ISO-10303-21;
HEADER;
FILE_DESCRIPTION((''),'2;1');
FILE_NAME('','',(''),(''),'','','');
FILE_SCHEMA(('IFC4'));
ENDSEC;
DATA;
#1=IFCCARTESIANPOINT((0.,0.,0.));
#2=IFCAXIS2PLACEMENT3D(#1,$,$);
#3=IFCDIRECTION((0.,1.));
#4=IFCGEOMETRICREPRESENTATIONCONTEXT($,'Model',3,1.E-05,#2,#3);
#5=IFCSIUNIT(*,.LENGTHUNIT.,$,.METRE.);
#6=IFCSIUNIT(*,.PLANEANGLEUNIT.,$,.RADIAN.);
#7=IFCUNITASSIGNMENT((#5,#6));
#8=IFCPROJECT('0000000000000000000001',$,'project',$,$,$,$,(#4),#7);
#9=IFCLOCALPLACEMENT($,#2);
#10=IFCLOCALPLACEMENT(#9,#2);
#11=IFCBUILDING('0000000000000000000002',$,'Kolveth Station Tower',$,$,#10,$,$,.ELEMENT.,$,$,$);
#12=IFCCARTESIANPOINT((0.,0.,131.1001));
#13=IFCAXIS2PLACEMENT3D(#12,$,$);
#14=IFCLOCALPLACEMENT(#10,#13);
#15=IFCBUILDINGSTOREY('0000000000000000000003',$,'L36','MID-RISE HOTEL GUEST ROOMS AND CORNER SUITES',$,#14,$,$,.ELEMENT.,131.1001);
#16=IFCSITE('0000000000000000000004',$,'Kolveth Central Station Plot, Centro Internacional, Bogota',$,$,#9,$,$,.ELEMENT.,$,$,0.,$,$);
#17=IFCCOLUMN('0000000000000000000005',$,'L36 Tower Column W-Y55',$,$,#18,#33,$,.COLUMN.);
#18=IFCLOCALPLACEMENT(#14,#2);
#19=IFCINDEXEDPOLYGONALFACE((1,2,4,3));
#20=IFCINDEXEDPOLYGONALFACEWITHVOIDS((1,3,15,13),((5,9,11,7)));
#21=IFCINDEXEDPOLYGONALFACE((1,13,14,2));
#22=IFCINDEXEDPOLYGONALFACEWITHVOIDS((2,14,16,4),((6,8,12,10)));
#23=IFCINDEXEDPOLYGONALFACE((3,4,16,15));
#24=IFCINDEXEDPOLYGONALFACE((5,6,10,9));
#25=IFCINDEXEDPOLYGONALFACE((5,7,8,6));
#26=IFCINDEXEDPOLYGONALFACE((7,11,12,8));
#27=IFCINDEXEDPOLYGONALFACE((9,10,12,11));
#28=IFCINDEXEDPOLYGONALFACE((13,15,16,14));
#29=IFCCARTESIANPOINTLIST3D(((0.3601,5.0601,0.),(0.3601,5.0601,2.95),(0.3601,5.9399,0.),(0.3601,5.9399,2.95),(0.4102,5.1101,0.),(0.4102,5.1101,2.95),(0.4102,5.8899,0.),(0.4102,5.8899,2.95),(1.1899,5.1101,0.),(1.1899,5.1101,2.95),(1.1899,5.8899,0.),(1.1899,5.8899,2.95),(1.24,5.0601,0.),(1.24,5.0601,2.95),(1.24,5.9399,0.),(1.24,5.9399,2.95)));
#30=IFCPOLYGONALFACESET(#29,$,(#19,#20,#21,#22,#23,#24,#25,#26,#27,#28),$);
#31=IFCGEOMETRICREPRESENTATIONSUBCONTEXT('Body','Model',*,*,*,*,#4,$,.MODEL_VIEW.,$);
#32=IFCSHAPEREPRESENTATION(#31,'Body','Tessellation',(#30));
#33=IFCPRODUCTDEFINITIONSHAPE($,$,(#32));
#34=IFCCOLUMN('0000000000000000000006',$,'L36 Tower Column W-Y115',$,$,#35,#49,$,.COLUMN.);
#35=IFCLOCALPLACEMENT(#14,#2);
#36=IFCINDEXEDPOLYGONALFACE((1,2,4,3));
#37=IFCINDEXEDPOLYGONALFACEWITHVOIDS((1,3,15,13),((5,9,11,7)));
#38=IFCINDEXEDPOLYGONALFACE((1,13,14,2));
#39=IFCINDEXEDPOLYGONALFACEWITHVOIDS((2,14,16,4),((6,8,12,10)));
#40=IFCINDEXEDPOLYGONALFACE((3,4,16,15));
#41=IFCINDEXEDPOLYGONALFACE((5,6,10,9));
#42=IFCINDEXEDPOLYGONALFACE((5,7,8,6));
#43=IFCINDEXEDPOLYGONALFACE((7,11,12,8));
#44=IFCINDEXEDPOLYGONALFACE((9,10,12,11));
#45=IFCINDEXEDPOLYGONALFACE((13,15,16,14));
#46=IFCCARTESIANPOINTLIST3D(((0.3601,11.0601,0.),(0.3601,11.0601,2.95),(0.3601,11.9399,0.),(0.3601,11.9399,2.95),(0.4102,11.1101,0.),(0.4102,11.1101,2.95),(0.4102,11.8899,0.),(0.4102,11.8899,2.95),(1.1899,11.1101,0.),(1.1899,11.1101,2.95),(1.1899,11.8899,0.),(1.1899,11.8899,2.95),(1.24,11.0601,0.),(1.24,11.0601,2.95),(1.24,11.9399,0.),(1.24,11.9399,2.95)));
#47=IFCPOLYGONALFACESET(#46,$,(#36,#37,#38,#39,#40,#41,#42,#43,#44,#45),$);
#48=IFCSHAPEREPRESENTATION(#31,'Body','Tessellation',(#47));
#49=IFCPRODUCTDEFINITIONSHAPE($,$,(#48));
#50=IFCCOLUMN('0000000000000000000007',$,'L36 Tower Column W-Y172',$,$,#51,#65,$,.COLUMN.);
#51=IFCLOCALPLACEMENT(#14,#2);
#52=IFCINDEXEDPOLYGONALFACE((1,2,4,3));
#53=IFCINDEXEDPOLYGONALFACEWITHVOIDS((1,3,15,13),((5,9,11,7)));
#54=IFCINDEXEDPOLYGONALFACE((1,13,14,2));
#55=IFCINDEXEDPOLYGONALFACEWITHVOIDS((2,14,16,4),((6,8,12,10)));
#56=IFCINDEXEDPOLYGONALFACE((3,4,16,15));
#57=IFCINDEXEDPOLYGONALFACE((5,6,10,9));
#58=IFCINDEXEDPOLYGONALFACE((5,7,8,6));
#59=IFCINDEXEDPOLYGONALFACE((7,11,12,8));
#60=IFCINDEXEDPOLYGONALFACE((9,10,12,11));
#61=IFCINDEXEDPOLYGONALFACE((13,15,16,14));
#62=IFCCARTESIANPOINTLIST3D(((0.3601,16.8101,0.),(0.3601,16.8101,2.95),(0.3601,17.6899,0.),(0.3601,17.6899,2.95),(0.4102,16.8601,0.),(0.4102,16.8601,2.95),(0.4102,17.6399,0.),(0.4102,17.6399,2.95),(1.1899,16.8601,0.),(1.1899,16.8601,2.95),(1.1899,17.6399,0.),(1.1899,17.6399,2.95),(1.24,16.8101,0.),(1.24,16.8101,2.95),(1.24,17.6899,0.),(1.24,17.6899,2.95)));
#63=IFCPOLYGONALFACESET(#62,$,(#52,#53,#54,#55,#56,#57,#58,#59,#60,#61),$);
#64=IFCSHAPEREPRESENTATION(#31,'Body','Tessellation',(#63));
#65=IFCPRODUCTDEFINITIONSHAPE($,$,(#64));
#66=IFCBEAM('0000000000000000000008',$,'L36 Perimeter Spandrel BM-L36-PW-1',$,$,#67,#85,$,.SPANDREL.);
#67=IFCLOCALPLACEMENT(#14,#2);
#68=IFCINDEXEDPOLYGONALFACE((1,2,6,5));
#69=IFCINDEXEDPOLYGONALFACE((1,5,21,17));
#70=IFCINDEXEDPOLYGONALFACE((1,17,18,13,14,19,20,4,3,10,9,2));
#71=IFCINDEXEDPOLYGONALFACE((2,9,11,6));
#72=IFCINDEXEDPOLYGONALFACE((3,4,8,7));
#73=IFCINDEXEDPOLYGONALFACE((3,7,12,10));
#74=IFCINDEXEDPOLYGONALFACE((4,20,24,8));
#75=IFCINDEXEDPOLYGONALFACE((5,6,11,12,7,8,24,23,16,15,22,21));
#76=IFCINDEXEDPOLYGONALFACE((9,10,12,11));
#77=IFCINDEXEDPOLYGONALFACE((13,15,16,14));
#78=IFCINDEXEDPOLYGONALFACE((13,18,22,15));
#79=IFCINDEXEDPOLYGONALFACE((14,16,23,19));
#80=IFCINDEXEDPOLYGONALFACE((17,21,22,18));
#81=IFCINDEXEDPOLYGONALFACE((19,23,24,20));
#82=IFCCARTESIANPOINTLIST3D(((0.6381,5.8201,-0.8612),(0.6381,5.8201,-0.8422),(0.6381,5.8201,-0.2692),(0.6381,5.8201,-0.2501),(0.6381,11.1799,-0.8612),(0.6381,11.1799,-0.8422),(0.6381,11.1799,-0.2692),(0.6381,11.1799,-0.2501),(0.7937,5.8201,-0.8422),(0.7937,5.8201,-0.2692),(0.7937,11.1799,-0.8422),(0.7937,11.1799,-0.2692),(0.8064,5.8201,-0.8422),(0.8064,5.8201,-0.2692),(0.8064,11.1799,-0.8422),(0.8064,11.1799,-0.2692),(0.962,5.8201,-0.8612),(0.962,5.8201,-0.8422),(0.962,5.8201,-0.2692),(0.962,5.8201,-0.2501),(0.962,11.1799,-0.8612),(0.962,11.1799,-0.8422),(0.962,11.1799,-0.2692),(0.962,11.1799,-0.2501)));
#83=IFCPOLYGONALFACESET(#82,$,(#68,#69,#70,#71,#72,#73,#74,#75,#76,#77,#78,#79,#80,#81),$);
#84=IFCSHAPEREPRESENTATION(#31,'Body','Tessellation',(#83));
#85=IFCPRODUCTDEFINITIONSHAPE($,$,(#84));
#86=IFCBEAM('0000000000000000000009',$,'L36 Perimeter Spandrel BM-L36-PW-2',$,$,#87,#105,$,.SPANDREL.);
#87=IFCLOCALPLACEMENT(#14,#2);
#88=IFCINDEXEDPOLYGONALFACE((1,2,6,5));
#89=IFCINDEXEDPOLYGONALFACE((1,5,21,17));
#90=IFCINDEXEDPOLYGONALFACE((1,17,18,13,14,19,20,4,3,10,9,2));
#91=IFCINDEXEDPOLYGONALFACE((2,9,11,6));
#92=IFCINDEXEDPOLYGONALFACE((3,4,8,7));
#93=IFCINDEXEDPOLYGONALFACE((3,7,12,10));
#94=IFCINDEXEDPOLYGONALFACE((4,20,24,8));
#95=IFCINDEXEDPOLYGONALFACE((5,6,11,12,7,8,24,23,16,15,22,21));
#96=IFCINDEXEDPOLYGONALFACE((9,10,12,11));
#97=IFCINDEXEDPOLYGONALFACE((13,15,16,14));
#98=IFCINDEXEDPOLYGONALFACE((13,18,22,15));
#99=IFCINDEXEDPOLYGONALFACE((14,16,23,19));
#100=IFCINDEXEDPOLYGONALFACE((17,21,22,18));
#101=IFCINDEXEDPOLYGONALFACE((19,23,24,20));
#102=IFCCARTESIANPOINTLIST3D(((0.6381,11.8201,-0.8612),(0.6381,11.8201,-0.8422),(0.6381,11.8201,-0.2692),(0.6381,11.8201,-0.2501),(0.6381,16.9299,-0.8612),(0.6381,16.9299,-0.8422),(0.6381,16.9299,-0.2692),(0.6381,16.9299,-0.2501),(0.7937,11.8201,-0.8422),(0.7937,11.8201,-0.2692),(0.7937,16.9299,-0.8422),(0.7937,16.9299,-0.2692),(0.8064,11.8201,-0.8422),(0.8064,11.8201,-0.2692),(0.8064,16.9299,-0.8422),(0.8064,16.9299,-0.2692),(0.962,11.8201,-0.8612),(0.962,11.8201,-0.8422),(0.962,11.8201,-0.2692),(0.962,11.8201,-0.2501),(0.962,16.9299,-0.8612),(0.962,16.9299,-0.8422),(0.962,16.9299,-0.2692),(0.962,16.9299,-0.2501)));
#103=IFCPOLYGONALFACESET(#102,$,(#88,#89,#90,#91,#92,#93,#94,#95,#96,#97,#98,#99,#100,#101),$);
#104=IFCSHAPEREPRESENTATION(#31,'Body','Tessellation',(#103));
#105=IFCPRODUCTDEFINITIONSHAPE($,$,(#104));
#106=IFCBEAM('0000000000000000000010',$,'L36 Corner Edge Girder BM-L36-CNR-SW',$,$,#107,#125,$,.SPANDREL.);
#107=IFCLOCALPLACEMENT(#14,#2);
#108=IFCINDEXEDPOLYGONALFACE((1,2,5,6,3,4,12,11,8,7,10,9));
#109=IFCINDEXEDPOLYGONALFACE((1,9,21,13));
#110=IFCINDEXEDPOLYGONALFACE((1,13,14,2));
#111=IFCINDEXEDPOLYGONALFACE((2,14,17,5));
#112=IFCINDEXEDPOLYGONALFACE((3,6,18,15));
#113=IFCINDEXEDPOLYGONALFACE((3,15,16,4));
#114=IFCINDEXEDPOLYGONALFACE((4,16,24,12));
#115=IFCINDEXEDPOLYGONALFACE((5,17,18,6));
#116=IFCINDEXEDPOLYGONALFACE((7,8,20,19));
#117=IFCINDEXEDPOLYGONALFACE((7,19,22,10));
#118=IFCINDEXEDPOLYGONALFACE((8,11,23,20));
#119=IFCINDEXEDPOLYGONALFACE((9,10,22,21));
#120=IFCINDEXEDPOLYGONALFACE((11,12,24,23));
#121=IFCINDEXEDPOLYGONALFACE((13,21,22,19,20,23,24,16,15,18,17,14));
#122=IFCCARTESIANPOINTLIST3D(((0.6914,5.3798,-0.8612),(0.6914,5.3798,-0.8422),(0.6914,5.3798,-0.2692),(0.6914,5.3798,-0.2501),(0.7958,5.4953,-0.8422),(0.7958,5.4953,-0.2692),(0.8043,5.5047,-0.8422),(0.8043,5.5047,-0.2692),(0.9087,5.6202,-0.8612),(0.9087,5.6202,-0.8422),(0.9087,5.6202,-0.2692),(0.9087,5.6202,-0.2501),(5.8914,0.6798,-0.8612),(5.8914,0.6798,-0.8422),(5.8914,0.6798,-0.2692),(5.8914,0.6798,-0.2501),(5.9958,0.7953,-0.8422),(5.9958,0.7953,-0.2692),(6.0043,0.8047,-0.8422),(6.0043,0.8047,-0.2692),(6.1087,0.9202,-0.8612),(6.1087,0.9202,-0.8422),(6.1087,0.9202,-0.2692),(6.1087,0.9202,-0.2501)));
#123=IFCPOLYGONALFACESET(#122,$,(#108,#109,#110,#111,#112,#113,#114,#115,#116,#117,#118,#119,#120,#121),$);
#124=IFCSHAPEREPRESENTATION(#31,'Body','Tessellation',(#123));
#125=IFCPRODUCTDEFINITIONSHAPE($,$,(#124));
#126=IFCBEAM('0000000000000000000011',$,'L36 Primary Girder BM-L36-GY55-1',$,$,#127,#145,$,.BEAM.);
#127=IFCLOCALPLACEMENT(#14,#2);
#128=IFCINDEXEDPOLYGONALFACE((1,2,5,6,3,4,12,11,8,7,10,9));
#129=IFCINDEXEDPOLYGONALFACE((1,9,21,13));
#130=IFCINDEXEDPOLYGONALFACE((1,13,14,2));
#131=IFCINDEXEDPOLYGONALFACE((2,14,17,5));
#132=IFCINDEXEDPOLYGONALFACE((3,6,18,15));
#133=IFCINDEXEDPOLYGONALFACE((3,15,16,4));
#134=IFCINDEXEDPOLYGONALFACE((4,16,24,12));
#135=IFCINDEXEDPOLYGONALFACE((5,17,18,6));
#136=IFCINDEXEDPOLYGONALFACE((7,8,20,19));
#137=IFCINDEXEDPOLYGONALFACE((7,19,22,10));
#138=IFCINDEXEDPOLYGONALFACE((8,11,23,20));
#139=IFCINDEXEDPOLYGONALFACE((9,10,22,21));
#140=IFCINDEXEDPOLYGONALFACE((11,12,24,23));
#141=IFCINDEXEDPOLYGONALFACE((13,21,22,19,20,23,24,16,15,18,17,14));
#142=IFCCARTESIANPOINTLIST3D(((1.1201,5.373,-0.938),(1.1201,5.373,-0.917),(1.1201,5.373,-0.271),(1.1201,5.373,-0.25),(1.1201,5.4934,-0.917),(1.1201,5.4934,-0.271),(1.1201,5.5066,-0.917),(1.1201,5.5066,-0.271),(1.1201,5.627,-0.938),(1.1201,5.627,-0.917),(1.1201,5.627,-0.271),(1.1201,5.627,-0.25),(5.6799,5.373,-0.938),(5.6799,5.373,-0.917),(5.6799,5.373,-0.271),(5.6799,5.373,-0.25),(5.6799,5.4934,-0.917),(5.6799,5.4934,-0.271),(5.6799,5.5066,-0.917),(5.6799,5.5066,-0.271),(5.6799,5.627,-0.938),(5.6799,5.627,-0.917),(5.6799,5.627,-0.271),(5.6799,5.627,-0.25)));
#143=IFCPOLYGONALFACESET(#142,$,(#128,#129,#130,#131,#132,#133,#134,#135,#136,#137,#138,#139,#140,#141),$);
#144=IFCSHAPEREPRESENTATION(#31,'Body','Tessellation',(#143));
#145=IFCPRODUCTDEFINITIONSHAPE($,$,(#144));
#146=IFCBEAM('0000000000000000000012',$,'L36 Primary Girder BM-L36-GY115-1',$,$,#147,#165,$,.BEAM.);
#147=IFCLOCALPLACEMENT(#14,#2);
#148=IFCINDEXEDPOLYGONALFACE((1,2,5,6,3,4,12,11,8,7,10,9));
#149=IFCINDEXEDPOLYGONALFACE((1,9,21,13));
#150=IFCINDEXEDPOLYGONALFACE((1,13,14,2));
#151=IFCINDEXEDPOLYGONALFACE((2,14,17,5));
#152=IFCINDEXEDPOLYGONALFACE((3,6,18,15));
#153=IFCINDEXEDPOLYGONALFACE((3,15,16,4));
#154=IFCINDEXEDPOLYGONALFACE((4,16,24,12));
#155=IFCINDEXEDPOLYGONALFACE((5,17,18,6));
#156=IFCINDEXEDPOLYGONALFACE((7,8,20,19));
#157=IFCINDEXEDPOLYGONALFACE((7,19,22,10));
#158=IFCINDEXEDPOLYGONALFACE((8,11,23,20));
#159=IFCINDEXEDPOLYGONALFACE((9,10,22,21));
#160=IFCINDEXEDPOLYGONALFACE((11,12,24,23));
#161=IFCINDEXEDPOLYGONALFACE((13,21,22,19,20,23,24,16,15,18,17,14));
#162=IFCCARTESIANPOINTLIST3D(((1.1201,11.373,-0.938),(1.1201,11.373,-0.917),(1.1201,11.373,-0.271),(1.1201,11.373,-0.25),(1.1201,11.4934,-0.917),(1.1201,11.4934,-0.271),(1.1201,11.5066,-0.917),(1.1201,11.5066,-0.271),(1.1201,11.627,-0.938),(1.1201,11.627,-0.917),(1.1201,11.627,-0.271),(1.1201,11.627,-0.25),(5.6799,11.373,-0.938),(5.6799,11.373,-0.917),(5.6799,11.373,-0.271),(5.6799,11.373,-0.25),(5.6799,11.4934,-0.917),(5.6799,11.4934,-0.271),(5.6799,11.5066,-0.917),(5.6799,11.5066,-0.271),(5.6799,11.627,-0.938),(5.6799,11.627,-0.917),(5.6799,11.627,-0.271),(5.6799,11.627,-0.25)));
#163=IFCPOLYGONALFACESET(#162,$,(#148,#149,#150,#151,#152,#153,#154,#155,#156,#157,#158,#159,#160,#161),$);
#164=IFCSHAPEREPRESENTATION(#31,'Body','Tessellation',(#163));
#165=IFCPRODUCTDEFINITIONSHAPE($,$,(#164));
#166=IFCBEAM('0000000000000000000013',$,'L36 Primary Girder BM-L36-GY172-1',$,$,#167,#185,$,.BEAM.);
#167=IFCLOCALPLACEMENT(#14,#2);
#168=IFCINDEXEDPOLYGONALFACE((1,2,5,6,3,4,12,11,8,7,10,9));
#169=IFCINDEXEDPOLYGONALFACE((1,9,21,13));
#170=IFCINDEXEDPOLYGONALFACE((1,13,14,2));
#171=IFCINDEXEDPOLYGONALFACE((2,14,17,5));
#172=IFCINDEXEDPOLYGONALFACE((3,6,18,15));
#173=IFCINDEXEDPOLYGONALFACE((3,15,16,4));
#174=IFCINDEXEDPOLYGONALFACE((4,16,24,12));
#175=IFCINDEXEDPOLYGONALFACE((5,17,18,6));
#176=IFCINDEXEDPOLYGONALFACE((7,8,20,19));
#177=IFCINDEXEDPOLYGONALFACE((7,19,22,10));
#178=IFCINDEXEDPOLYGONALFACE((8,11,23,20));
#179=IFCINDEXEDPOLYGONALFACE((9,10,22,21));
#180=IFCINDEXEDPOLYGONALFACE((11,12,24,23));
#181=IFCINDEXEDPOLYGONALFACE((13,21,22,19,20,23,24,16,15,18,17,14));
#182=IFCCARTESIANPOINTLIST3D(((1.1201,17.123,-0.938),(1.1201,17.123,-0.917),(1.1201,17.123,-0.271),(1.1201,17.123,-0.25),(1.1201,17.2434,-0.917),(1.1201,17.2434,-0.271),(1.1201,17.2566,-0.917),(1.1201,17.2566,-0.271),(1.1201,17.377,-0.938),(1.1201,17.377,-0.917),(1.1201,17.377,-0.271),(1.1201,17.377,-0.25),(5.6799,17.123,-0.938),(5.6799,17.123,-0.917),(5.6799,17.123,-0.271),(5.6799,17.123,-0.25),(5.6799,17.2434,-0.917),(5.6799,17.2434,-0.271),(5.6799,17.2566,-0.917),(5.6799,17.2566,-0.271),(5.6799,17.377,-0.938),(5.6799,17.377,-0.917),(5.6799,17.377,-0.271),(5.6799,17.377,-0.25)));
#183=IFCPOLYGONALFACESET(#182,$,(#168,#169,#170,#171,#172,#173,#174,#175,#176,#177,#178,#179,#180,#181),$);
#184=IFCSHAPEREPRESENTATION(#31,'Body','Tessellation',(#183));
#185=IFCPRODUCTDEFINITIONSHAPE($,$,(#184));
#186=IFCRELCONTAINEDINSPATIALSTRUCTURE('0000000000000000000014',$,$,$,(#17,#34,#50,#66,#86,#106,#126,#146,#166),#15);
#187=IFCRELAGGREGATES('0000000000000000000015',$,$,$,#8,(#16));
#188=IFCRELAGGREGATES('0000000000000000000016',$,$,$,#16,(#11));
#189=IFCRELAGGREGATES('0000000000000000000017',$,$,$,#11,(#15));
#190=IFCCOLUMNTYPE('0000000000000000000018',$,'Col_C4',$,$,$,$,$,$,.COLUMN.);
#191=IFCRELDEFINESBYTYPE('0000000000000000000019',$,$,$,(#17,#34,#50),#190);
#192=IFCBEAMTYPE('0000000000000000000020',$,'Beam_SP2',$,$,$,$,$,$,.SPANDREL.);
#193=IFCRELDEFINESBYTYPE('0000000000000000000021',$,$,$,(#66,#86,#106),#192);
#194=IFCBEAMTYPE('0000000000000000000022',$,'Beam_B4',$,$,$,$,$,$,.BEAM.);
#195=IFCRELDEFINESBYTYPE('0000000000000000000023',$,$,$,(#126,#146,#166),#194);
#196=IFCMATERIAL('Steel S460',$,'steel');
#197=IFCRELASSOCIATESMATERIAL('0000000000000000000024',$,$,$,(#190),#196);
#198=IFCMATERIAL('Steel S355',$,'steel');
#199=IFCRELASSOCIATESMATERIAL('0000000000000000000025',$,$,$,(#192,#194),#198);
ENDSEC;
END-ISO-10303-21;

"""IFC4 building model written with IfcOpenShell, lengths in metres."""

from ifc_helpers import new_model, si_unit, direction, frame, origin, origin_2d, place, context, subcontext, project, spatial, hollow_rectangle, i_section, extrude, source, transform, mapped, material, material_profile, profile_set, type_object, element, save


model = new_model("IFC4")

# Units and contexts
model_context = context("Model", 3, precision=1e-05, world=origin(), true_north=direction((0.0, 1.0)))
body_context = subcontext(model_context, "Body", "Model", "MODEL_VIEW")
ifc_project = project(units=[si_unit("LENGTHUNIT", "METRE"), si_unit("PLANEANGLEUNIT", "RADIAN")], contexts=[model_context])

# Site, building, storey
site_placement = place(None, origin())
site = spatial("IfcSite", under=ifc_project, at=site_placement, Name="Kolveth Central Station Plot, Centro Internacional, Bogota", CompositionType="ELEMENT", RefElevation=0.0)
building_placement = place(site_placement, origin())
building = spatial("IfcBuilding", under=site, at=building_placement, Name="Kolveth Station Tower", CompositionType="ELEMENT")
storey_placement = place(building_placement, frame((0.0, 0.0, 131.1001)))
storey = spatial("IfcBuildingStorey", under=building, at=storey_placement, Name="L36", Description="MID-RISE HOTEL GUEST ROOMS AND CORNER SUITES", CompositionType="ELEMENT", Elevation=131.1001)

# Columns
ifc_material_1 = material(Name="Steel S460", Category="steel")
ifc_material_profile_1 = material_profile(ifc_material_1, hollow_rectangle(XDim=0.8799, YDim=0.8799, WallThickness=0.05, at=origin_2d()), Name="BOX880x880x50")
ifc_profile_set_1 = profile_set([ifc_material_profile_1], Name="Steel S460")
column_type = type_object("IfcColumnType", Name="Col_C4", PredefinedType="COLUMN", material=ifc_profile_set_1)
shared_shape_1 = source(origin(), body_context, "Body", "SweptSolid", [
    extrude(hollow_rectangle(XDim=0.8799, YDim=0.8799, WallThickness=0.05, at=origin_2d()), origin(), (0.0, 0.0, 1.0), 2.95),
])
for number, where, z_axis, x_axis, name in (
    (1, (0.8, 5.5, 0.0), (0.0, 0.0, 1.0), (1.0, 0.0, 0.0), "L36 Tower Column W-Y55"),
    (2, (0.8, 11.5, 0.0), (0.0, 0.0, 1.0), (1.0, 0.0, 0.0), "L36 Tower Column W-Y115"),
    (3, (0.8, 17.25, 0.0), (0.0, 0.0, 1.0), (1.0, 0.0, 0.0), "L36 Tower Column W-Y172"),
):
    element("IfcColumn", number, at=place(storey_placement, frame(where, z_axis=z_axis, x_axis=x_axis)), inside=storey, type_object=column_type, Name=name, PredefinedType="COLUMN", context=body_context, shape_type="MappedRepresentation", body=[
        mapped(shared_shape_1, transform((0.0, 0.0, 0.0), x_axis=(1.0, 0.0, 0.0), y_axis=(0.0, 1.0, 0.0), z_axis=(0.0, 0.0, 1.0), scale=1.0)),
    ])

# Beams
ifc_material_2 = material(Name="Steel S355", Category="steel")
ifc_material_profile_2 = material_profile(ifc_material_2, i_section(OverallWidth=0.324, OverallDepth=0.6111, WebThickness=0.0127, FlangeThickness=0.019, at=origin_2d()), Name="W610x155")
ifc_profile_set_2 = profile_set([ifc_material_profile_2], Name="Steel S355")
beam_type_1 = type_object("IfcBeamType", Name="Beam_SP2", PredefinedType="SPANDREL", material=ifc_profile_set_2)
shared_shape_2 = source(origin(), body_context, "Body", "SweptSolid", [
    extrude(i_section(OverallWidth=0.324, OverallDepth=0.6111, WebThickness=0.0127, FlangeThickness=0.019, at=origin_2d()), origin(), (0.0, 0.0, 1.0), 5.3599),
])
beam_1_placement = place(storey_placement, frame((0.8, 5.8201, -0.5557), z_axis=(0.0, 1.0, 0.0), x_axis=(-1.0, 0.0, 0.0)))
element("IfcBeam", 4, at=beam_1_placement, inside=storey, type_object=beam_type_1, Name="L36 Perimeter Spandrel BM-L36-PW-1", PredefinedType="SPANDREL", context=body_context, shape_type="MappedRepresentation", body=[
    mapped(shared_shape_2, transform((0.0, 0.0, 0.0), x_axis=(1.0, 0.0, 0.0), y_axis=(0.0, 1.0, 0.0), z_axis=(0.0, 0.0, 1.0), scale=1.0)),
])
shared_shape_3 = source(origin(), body_context, "Body", "SweptSolid", [
    extrude(i_section(OverallWidth=0.324, OverallDepth=0.6111, WebThickness=0.0127, FlangeThickness=0.019, at=origin_2d()), origin(), (0.0, 0.0, 1.0), 5.1099),
])
beam_2_placement = place(storey_placement, frame((0.8, 11.8201, -0.5557), z_axis=(0.0, 1.0, 0.0), x_axis=(-1.0, 0.0, 0.0)))
element("IfcBeam", 5, at=beam_2_placement, inside=storey, type_object=beam_type_1, Name="L36 Perimeter Spandrel BM-L36-PW-2", PredefinedType="SPANDREL", context=body_context, shape_type="MappedRepresentation", body=[
    mapped(shared_shape_3, transform((0.0, 0.0, 0.0), x_axis=(1.0, 0.0, 0.0), y_axis=(0.0, 1.0, 0.0), z_axis=(0.0, 0.0, 1.0), scale=1.0)),
])
shared_shape_4 = source(origin(), body_context, "Body", "SweptSolid", [
    extrude(i_section(OverallWidth=0.324, OverallDepth=0.6111, WebThickness=0.0127, FlangeThickness=0.019, at=origin_2d()), origin(), (0.0, 0.0, 1.0), 7.0093),
])
beam_3_placement = place(storey_placement, frame((0.8, 5.5, -0.5557), z_axis=(0.741874, -0.670539, 0.0), x_axis=(0.670539, 0.741874, 0.0)))
element("IfcBeam", 6, at=beam_3_placement, inside=storey, type_object=beam_type_1, Name="L36 Corner Edge Girder BM-L36-CNR-SW", PredefinedType="SPANDREL", context=body_context, shape_type="MappedRepresentation", body=[
    mapped(shared_shape_4, transform((0.0, 0.0, 0.0), x_axis=(1.0, 0.0, 0.0), y_axis=(0.0, 1.0, 0.0), z_axis=(0.0, 0.0, 1.0), scale=1.0)),
])
ifc_material_profile_3 = material_profile(ifc_material_2, i_section(OverallWidth=0.2539, OverallDepth=0.688, WebThickness=0.0132, FlangeThickness=0.021, at=origin_2d()), Name="W690x152")
ifc_profile_set_3 = profile_set([ifc_material_profile_3], Name="Steel S355")
beam_type_2 = type_object("IfcBeamType", Name="Beam_B4", PredefinedType="BEAM", material=ifc_profile_set_3)
shared_shape_5 = source(origin(), body_context, "Body", "SweptSolid", [
    extrude(i_section(OverallWidth=0.2539, OverallDepth=0.688, WebThickness=0.0132, FlangeThickness=0.021, at=origin_2d()), origin(), (0.0, 0.0, 1.0), 4.5598),
])
for number, where, z_axis, x_axis, name in (
    (7, (1.1201, 5.5, -0.594), (1.0, 0.0, 0.0), (0.0, 1.0, 0.0), "L36 Primary Girder BM-L36-GY55-1"),
    (8, (1.1201, 11.5, -0.594), (1.0, 0.0, 0.0), (0.0, 1.0, 0.0), "L36 Primary Girder BM-L36-GY115-1"),
    (9, (1.1201, 17.25, -0.594), (1.0, 0.0, 0.0), (0.0, 1.0, 0.0), "L36 Primary Girder BM-L36-GY172-1"),
):
    element("IfcBeam", number, at=place(storey_placement, frame(where, z_axis=z_axis, x_axis=x_axis)), inside=storey, type_object=beam_type_2, Name=name, PredefinedType="BEAM", context=body_context, shape_type="MappedRepresentation", body=[
        mapped(shared_shape_5, transform((0.0, 0.0, 0.0), x_axis=(1.0, 0.0, 0.0), y_axis=(0.0, 1.0, 0.0), z_axis=(0.0, 0.0, 1.0), scale=1.0)),
    ])

save(model, "model.ifc")
